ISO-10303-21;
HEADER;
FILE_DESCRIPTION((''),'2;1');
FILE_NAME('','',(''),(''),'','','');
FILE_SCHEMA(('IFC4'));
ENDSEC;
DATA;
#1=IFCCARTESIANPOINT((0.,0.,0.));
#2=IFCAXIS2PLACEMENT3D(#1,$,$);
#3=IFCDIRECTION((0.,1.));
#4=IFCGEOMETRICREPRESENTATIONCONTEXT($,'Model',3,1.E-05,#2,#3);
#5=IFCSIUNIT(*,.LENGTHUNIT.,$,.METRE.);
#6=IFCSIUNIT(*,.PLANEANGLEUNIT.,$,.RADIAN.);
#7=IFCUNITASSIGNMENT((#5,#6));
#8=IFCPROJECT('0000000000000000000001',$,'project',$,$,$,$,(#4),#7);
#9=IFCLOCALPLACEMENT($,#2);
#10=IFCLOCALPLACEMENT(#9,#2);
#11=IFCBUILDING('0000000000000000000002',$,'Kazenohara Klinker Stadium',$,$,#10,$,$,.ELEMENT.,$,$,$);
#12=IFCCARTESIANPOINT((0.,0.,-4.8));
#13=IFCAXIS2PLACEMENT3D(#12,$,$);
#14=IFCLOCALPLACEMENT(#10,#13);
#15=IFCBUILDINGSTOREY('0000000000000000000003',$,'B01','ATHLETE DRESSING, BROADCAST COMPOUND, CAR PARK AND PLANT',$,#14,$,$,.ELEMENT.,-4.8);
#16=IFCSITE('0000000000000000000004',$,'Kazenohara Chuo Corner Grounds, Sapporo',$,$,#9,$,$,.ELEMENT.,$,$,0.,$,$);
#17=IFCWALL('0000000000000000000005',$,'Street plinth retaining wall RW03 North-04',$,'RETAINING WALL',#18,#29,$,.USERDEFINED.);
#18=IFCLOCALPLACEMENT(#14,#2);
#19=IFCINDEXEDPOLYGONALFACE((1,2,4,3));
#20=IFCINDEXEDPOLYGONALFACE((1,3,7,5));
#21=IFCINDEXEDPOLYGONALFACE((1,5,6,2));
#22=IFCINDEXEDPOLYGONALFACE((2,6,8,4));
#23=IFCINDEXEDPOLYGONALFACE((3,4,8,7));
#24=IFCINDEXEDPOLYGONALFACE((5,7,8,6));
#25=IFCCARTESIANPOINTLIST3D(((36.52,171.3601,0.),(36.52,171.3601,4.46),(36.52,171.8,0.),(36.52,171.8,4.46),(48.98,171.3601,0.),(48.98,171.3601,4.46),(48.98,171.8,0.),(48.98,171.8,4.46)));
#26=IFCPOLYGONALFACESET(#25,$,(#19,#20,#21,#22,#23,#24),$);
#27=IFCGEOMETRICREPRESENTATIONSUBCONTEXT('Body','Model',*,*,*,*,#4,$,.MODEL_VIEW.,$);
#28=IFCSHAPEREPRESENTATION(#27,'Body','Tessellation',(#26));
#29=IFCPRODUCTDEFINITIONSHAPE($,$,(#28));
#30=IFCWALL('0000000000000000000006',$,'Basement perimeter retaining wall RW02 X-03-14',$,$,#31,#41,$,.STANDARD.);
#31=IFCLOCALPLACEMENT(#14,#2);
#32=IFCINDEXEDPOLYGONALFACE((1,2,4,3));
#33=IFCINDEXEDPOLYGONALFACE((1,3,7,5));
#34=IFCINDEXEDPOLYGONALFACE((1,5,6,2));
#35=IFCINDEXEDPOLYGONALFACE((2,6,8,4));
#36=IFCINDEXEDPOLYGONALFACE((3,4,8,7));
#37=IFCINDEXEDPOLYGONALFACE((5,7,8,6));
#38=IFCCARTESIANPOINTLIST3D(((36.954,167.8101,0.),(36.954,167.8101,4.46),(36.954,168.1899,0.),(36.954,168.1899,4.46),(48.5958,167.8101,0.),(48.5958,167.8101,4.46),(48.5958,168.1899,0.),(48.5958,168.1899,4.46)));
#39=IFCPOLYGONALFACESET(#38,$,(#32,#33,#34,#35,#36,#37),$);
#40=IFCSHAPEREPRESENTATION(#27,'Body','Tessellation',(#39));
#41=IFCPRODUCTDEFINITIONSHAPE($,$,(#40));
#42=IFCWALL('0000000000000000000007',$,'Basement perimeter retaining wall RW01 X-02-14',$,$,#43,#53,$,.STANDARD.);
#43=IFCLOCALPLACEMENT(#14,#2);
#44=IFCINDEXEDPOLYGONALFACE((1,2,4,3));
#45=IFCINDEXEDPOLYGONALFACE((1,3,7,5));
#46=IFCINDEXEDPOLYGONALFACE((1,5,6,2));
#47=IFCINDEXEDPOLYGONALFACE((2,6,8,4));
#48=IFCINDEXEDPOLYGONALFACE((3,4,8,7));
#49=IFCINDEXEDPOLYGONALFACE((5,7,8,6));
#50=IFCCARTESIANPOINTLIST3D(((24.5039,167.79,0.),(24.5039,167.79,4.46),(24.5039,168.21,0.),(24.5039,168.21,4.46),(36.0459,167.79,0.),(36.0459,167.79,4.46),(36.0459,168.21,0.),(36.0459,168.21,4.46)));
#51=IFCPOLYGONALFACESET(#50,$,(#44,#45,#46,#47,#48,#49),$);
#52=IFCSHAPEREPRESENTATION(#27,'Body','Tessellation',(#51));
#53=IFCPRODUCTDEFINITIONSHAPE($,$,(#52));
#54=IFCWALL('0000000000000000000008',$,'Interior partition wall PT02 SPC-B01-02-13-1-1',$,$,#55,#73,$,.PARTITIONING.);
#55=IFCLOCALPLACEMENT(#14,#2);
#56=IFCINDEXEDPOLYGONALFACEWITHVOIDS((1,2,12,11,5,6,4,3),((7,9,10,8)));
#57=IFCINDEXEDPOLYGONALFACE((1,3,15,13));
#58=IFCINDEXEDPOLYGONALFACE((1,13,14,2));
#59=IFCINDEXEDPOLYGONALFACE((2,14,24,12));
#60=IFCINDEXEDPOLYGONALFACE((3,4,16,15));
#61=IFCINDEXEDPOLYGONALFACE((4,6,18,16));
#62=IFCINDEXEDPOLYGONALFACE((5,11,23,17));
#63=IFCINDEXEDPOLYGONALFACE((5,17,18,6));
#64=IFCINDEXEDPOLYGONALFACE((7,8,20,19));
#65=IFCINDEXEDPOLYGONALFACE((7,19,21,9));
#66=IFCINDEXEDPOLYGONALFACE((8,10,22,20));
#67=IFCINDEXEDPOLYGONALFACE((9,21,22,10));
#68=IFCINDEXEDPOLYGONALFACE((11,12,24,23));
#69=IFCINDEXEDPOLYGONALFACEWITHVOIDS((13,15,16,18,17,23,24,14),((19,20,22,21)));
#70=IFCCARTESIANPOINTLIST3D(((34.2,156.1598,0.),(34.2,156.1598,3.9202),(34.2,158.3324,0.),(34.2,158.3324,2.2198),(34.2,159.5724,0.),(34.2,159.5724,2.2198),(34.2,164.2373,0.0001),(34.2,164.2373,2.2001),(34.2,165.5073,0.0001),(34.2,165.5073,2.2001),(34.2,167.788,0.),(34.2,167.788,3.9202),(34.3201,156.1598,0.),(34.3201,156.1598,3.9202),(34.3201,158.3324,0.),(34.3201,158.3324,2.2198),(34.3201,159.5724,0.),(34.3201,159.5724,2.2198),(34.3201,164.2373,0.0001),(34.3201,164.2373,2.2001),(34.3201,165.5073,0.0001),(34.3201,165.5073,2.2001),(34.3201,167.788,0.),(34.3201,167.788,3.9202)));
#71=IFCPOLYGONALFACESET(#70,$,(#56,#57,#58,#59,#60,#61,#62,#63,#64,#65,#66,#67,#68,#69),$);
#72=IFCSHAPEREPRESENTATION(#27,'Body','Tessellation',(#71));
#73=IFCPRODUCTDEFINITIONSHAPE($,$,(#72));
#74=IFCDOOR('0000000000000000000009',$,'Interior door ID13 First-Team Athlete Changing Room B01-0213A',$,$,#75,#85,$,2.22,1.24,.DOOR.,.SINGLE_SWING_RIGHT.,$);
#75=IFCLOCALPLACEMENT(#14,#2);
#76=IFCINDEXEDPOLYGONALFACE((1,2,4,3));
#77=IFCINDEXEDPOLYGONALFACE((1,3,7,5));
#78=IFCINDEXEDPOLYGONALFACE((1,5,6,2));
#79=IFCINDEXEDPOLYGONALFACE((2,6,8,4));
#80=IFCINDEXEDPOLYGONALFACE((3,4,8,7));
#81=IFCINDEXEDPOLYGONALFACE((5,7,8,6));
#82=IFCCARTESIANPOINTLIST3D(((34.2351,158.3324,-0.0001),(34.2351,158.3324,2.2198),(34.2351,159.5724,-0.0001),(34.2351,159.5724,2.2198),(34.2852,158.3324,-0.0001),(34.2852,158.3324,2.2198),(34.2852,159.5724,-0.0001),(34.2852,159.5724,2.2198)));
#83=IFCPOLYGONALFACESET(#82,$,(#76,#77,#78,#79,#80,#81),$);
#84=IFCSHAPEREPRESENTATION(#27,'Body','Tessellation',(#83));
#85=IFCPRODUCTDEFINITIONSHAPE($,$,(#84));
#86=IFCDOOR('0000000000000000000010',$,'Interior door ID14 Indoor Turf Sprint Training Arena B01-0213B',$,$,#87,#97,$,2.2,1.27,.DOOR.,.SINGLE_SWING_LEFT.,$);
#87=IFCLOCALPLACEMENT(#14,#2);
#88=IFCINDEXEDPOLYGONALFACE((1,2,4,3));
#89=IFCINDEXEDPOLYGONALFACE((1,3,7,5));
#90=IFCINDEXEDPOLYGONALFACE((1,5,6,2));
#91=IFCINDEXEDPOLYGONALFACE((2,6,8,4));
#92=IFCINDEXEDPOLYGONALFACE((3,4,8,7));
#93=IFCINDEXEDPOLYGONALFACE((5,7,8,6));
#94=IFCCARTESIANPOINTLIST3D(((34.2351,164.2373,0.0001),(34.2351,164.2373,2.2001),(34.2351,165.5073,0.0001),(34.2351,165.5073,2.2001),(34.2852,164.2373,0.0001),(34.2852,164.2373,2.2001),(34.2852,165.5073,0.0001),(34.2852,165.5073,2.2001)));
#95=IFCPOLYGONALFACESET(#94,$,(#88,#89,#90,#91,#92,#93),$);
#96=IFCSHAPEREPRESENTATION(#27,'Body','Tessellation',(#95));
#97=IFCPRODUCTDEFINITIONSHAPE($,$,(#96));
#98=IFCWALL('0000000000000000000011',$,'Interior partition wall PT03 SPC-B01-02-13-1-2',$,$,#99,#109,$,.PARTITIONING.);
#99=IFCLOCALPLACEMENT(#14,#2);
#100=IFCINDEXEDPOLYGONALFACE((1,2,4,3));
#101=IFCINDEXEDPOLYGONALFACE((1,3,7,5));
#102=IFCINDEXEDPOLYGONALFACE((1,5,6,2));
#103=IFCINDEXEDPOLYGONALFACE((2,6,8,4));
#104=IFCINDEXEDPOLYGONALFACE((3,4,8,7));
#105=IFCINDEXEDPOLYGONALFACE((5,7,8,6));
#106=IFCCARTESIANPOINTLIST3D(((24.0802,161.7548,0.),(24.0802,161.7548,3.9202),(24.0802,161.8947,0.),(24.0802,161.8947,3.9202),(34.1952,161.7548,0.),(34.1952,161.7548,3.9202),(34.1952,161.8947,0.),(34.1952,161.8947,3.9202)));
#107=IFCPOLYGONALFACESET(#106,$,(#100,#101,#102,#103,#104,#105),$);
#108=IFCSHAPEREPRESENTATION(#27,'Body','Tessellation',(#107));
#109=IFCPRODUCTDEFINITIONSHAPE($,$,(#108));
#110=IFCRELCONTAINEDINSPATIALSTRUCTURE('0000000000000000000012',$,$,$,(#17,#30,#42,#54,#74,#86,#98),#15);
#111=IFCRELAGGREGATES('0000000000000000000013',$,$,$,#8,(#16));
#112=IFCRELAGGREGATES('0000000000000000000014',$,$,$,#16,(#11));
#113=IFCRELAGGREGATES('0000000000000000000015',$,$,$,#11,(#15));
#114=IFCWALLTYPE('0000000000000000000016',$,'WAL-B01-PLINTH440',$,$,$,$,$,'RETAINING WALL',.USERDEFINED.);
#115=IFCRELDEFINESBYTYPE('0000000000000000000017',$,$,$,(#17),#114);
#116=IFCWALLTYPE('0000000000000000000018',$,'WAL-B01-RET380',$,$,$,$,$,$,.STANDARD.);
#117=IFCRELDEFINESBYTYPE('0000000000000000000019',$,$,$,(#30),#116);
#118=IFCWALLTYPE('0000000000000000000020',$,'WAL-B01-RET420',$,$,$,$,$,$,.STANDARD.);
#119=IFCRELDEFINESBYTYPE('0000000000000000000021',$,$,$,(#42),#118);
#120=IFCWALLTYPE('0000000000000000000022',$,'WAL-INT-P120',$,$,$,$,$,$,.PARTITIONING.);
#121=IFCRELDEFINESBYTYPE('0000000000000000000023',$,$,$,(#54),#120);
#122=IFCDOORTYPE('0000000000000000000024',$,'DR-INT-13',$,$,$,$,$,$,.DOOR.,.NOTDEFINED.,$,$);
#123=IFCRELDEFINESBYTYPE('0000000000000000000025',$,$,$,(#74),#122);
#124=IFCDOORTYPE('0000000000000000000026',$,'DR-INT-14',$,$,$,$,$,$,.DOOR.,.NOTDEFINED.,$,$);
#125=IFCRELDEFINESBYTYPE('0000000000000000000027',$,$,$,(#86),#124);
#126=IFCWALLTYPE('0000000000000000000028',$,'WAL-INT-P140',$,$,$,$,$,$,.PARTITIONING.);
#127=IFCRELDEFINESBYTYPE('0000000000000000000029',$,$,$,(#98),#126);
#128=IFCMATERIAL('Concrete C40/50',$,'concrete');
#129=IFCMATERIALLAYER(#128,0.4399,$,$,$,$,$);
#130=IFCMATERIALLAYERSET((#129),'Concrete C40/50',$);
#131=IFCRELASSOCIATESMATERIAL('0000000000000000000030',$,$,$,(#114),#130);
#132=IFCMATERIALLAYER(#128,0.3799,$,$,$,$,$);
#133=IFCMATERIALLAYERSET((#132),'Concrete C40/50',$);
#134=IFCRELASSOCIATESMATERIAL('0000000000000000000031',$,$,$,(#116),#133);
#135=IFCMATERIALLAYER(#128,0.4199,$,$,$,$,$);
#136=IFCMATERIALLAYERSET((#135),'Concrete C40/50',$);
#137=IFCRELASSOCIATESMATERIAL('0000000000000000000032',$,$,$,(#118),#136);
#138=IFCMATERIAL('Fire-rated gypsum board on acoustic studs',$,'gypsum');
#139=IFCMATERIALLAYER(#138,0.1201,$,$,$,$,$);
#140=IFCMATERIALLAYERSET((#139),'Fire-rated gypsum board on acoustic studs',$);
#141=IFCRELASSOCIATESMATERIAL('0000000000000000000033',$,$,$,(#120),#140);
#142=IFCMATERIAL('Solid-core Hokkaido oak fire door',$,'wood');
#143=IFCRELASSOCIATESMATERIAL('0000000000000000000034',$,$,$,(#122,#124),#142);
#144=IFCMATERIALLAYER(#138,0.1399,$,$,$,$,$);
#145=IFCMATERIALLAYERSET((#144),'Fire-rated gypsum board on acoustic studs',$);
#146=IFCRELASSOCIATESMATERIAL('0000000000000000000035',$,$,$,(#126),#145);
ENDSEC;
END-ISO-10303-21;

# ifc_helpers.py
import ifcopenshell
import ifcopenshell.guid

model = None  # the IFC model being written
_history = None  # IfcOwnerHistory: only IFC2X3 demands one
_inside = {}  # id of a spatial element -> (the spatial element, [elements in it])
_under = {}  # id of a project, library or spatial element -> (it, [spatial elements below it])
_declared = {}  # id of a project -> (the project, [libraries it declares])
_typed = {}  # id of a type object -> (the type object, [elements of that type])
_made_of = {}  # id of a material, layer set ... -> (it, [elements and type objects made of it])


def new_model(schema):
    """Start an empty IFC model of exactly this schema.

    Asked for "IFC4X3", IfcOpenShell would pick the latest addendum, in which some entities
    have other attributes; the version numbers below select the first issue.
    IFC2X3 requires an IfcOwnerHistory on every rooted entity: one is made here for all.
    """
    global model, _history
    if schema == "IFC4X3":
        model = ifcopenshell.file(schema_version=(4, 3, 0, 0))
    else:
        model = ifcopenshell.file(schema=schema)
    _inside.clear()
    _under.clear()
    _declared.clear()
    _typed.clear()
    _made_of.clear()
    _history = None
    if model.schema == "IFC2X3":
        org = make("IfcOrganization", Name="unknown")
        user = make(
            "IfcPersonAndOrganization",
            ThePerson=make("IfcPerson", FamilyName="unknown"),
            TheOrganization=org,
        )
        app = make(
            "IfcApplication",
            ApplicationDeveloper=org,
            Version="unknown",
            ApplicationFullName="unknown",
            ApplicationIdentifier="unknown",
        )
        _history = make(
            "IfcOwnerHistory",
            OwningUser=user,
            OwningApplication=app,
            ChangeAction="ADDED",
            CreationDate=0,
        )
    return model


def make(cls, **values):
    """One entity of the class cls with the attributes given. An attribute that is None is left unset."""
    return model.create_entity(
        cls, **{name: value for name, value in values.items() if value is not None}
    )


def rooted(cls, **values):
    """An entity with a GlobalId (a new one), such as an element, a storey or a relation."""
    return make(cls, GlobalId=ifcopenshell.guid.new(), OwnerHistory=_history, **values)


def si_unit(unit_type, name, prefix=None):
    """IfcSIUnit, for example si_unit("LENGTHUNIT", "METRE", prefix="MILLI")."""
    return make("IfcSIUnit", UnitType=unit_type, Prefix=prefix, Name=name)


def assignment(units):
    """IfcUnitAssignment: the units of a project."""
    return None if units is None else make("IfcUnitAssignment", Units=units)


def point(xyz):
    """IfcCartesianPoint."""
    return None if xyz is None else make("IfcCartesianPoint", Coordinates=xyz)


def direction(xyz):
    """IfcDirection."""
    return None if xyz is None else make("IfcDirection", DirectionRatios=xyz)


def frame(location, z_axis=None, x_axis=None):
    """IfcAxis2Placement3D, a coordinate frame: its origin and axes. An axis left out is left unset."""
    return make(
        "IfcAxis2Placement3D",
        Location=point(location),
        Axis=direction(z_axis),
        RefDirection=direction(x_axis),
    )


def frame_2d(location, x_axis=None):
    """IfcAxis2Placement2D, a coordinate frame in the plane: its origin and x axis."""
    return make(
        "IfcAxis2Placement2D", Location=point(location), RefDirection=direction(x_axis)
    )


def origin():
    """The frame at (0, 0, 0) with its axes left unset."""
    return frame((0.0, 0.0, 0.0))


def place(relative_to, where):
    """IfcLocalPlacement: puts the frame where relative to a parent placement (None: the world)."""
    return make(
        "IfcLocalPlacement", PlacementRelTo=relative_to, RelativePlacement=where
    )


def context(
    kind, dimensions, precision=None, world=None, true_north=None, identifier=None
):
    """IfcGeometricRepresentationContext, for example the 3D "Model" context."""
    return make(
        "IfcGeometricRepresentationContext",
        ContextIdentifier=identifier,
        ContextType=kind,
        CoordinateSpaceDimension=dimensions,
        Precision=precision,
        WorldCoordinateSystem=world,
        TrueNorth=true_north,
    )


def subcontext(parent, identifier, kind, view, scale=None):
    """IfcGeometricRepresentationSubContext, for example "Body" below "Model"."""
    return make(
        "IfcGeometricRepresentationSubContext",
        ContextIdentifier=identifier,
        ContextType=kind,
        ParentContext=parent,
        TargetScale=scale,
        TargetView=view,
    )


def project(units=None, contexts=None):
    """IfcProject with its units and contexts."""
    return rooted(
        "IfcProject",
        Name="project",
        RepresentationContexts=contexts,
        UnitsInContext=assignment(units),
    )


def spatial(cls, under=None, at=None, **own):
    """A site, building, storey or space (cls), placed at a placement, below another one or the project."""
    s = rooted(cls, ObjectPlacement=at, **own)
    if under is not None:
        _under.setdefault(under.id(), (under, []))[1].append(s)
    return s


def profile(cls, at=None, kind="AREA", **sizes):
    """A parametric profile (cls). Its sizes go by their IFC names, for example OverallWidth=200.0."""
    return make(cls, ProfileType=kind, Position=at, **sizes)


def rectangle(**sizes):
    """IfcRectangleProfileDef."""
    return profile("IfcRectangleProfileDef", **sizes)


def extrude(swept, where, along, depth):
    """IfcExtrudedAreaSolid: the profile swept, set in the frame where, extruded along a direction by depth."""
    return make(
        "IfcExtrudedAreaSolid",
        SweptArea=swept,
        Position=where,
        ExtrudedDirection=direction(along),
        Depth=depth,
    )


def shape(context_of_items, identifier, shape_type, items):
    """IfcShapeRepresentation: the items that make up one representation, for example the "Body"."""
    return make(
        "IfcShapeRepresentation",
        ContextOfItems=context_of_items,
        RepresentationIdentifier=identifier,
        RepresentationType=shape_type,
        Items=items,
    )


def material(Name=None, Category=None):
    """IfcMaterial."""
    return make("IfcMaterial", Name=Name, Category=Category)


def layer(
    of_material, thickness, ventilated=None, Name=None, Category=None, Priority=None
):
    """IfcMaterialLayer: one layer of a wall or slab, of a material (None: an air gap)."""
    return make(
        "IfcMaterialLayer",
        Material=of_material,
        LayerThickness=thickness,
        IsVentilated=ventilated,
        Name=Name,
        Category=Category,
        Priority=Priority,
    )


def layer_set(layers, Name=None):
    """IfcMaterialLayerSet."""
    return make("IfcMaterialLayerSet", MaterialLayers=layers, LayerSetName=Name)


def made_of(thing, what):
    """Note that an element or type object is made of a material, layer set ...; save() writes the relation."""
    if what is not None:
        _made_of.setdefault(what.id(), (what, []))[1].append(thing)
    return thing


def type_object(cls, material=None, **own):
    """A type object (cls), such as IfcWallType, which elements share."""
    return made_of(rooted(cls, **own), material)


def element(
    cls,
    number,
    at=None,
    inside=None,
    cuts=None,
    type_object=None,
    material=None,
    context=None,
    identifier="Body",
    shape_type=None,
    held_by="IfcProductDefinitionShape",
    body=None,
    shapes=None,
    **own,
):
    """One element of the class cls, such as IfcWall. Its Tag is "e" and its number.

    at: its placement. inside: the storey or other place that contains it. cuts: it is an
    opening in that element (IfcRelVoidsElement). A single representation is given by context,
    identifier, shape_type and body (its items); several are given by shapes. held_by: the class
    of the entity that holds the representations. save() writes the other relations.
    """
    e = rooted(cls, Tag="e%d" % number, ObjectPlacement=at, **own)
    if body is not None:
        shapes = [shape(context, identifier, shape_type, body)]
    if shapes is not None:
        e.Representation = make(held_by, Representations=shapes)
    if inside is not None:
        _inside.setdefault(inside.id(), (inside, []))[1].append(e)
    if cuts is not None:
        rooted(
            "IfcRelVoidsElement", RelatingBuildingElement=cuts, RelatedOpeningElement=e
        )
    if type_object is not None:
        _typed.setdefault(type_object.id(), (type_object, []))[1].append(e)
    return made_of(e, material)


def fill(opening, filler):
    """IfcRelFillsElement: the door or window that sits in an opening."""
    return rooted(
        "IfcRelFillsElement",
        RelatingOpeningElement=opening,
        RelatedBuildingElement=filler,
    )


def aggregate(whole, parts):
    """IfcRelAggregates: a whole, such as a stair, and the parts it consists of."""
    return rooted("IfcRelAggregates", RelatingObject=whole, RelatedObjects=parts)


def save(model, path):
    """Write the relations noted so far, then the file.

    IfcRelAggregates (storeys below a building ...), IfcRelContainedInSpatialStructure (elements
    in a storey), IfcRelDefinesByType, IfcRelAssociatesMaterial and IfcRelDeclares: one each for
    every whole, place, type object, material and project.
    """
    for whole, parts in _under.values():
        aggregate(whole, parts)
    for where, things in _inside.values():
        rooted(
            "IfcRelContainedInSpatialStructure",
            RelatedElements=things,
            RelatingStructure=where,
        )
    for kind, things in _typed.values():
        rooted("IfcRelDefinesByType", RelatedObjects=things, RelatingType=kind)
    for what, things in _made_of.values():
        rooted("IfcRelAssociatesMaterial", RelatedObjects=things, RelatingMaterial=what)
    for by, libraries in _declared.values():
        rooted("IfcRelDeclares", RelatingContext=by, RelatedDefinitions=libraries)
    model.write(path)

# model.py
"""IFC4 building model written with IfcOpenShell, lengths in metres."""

from ifc_helpers import new_model, si_unit, direction, frame, frame_2d, origin, place, context, subcontext, project, spatial, rectangle, extrude, material, layer, layer_set, type_object, element, fill, save


model = new_model("IFC4")

# Units and contexts
model_context = context("Model", 3, precision=1e-05, world=origin(), true_north=direction((0.0, 1.0)))
body_context = subcontext(model_context, "Body", "Model", "MODEL_VIEW")
ifc_project = project(units=[si_unit("LENGTHUNIT", "METRE"), si_unit("PLANEANGLEUNIT", "RADIAN")], contexts=[model_context])

# Site, building, storey
site_placement = place(None, origin())
site = spatial("IfcSite", under=ifc_project, at=site_placement, Name="Kazenohara Chuo Corner Grounds, Sapporo", CompositionType="ELEMENT", RefElevation=0.0)
building_placement = place(site_placement, origin())
building = spatial("IfcBuilding", under=site, at=building_placement, Name="Kazenohara Klinker Stadium", CompositionType="ELEMENT")
storey_placement = place(building_placement, frame((0.0, 0.0, -4.8)))
storey = spatial("IfcBuildingStorey", under=building, at=storey_placement, Name="B01", Description="ATHLETE DRESSING, BROADCAST COMPOUND, CAR PARK AND PLANT", CompositionType="ELEMENT", Elevation=-4.8)

# Shared definitions
ifc_material_1 = material(Name="Concrete C40/50", Category="concrete")

# Walls
ifc_layer_1 = layer(ifc_material_1, 0.4399)
ifc_layer_set_1 = layer_set([ifc_layer_1], Name="Concrete C40/50")
wall_type_1 = type_object("IfcWallType", Name="WAL-B01-PLINTH440", ElementType="RETAINING WALL", PredefinedType="USERDEFINED", material=ifc_layer_set_1)
wall_1_placement = place(storey_placement, frame((36.52, 171.5801, 0.0), z_axis=(0.0, 0.0, 1.0), x_axis=(1.0, 0.0, 0.0)))
element("IfcWall", 1, at=wall_1_placement, inside=storey, type_object=wall_type_1, Name="Street plinth retaining wall RW03 North-04", ObjectType="RETAINING WALL", PredefinedType="USERDEFINED", context=body_context, shape_type="SweptSolid", body=[
    extrude(rectangle(XDim=12.46, YDim=0.4399, at=frame_2d((6.23, 0.0))), origin(), (0.0, 0.0, 1.0), 4.46),
])
ifc_layer_2 = layer(ifc_material_1, 0.3799)
ifc_layer_set_2 = layer_set([ifc_layer_2], Name="Concrete C40/50")
wall_type_2 = type_object("IfcWallType", Name="WAL-B01-RET380", PredefinedType="STANDARD", material=ifc_layer_set_2)
wall_2_placement = place(storey_placement, frame((36.9541, 168.0, 0.0), z_axis=(0.0, 0.0, 1.0), x_axis=(1.0, 0.0, 0.0)))
element("IfcWall", 2, at=wall_2_placement, inside=storey, type_object=wall_type_2, Name="Basement perimeter retaining wall RW02 X-03-14", PredefinedType="STANDARD", context=body_context, shape_type="SweptSolid", body=[
    extrude(rectangle(XDim=11.6418, YDim=0.3799, at=frame_2d((5.8208, 0.0))), origin(), (0.0, 0.0, 1.0), 4.46),
])
ifc_layer_3 = layer(ifc_material_1, 0.4199)
ifc_layer_set_3 = layer_set([ifc_layer_3], Name="Concrete C40/50")
wall_type_3 = type_object("IfcWallType", Name="WAL-B01-RET420", PredefinedType="STANDARD", material=ifc_layer_set_3)
wall_3_placement = place(storey_placement, frame((24.5039, 168.0, 0.0), z_axis=(0.0, 0.0, 1.0), x_axis=(1.0, 0.0, 0.0)))
element("IfcWall", 3, at=wall_3_placement, inside=storey, type_object=wall_type_3, Name="Basement perimeter retaining wall RW01 X-02-14", PredefinedType="STANDARD", context=body_context, shape_type="SweptSolid", body=[
    extrude(rectangle(XDim=11.542, YDim=0.4199, at=frame_2d((5.771, 0.0))), origin(), (0.0, 0.0, 1.0), 4.46),
])

# Wall, openings, doors
ifc_material_2 = material(Name="Fire-rated gypsum board on acoustic studs", Category="gypsum")
ifc_layer_4 = layer(ifc_material_2, 0.1201)
ifc_layer_set_4 = layer_set([ifc_layer_4], Name="Fire-rated gypsum board on acoustic studs")
wall_type_4 = type_object("IfcWallType", Name="WAL-INT-P120", PredefinedType="PARTITIONING", material=ifc_layer_set_4)
wall_4_placement = place(storey_placement, frame((34.26, 156.1599, 0.0), z_axis=(0.0, 0.0, 1.0), x_axis=(0.0, 1.0, 0.0)))
wall_4 = element("IfcWall", 4, at=wall_4_placement, inside=storey, type_object=wall_type_4, Name="Interior partition wall PT02 SPC-B01-02-13-1-1", PredefinedType="PARTITIONING", context=body_context, shape_type="SweptSolid", body=[
    extrude(rectangle(XDim=11.6282, YDim=0.1201, at=frame_2d((5.814, 0.0))), origin(), (0.0, 0.0, 1.0), 3.9202),
])
opening_1_placement = place(wall_4_placement, frame((2.1724, 0.0, 0.0)))
opening_1 = element("IfcOpeningElement", 5, at=opening_1_placement, cuts=wall_4, PredefinedType="OPENING", context=body_context, shape_type="SweptSolid", body=[
    extrude(rectangle(XDim=1.24, YDim=2.22, at=frame_2d((0.6201, 1.1099))), frame((0.0, 0.0701, 0.0), z_axis=(0.0, -1.0, 0.0), x_axis=(1.0, 0.0, 0.0)), (0.0, 0.0, 1.0), 0.1401),
])
opening_2_placement = place(wall_4_placement, frame((8.0774, 0.0, 0.0)))
opening_2 = element("IfcOpeningElement", 6, at=opening_2_placement, cuts=wall_4, PredefinedType="OPENING", context=body_context, shape_type="SweptSolid", body=[
    extrude(rectangle(XDim=1.27, YDim=2.2, at=frame_2d((0.635, 1.1001))), frame((0.0, 0.0701, 0.0), z_axis=(0.0, -1.0, 0.0), x_axis=(1.0, 0.0, 0.0)), (0.0, 0.0, 1.0), 0.1401),
])
ifc_material_3 = material(Name="Solid-core Hokkaido oak fire door", Category="wood")
door_type_1 = type_object("IfcDoorType", Name="DR-INT-13", OperationType="NOTDEFINED", PredefinedType="DOOR", material=ifc_material_3)
door_1_placement = place(opening_1_placement, origin())
door_1 = element("IfcDoor", 7, at=door_1_placement, inside=storey, type_object=door_type_1, Name="Interior door ID13 First-Team Athlete Changing Room B01-0213A", OperationType="SINGLE_SWING_RIGHT", OverallHeight=2.22, OverallWidth=1.24, PredefinedType="DOOR", context=body_context, shape_type="SweptSolid", body=[
    extrude(rectangle(XDim=1.24, YDim=2.22, at=frame_2d((0.6201, 1.1099))), frame((0.0, 0.0249, 0.0), z_axis=(0.0, -1.0, 0.0), x_axis=(1.0, 0.0, 0.0)), (0.0, 0.0, 1.0), 0.05),
])
fill(opening_1, door_1)
door_type_2 = type_object("IfcDoorType", Name="DR-INT-14", OperationType="NOTDEFINED", PredefinedType="DOOR", material=ifc_material_3)
door_2_placement = place(opening_2_placement, origin())
door_2 = element("IfcDoor", 8, at=door_2_placement, inside=storey, type_object=door_type_2, Name="Interior door ID14 Indoor Turf Sprint Training Arena B01-0213B", OperationType="SINGLE_SWING_LEFT", OverallHeight=2.2, OverallWidth=1.27, PredefinedType="DOOR", context=body_context, shape_type="SweptSolid", body=[
    extrude(rectangle(XDim=1.27, YDim=2.2, at=frame_2d((0.635, 1.1001))), frame((0.0, 0.0249, 0.0), z_axis=(0.0, -1.0, 0.0), x_axis=(1.0, 0.0, 0.0)), (0.0, 0.0, 1.0), 0.05),
])
fill(opening_2, door_2)

# Wall
ifc_layer_5 = layer(ifc_material_2, 0.1399)
ifc_layer_set_5 = layer_set([ifc_layer_5], Name="Fire-rated gypsum board on acoustic studs")
wall_type_5 = type_object("IfcWallType", Name="WAL-INT-P140", PredefinedType="PARTITIONING", material=ifc_layer_set_5)
wall_5_placement = place(storey_placement, frame((24.0801, 161.8247, 0.0), z_axis=(0.0, 0.0, 1.0), x_axis=(1.0, 0.0, 0.0)))
element("IfcWall", 9, at=wall_5_placement, inside=storey, type_object=wall_type_5, Name="Interior partition wall PT03 SPC-B01-02-13-1-2", PredefinedType="PARTITIONING", context=body_context, shape_type="SweptSolid", body=[
    extrude(rectangle(XDim=10.115, YDim=0.1399, at=frame_2d((5.0576, 0.0))), origin(), (0.0, 0.0, 1.0), 3.9202),
])

save(model, "model.ifc")
